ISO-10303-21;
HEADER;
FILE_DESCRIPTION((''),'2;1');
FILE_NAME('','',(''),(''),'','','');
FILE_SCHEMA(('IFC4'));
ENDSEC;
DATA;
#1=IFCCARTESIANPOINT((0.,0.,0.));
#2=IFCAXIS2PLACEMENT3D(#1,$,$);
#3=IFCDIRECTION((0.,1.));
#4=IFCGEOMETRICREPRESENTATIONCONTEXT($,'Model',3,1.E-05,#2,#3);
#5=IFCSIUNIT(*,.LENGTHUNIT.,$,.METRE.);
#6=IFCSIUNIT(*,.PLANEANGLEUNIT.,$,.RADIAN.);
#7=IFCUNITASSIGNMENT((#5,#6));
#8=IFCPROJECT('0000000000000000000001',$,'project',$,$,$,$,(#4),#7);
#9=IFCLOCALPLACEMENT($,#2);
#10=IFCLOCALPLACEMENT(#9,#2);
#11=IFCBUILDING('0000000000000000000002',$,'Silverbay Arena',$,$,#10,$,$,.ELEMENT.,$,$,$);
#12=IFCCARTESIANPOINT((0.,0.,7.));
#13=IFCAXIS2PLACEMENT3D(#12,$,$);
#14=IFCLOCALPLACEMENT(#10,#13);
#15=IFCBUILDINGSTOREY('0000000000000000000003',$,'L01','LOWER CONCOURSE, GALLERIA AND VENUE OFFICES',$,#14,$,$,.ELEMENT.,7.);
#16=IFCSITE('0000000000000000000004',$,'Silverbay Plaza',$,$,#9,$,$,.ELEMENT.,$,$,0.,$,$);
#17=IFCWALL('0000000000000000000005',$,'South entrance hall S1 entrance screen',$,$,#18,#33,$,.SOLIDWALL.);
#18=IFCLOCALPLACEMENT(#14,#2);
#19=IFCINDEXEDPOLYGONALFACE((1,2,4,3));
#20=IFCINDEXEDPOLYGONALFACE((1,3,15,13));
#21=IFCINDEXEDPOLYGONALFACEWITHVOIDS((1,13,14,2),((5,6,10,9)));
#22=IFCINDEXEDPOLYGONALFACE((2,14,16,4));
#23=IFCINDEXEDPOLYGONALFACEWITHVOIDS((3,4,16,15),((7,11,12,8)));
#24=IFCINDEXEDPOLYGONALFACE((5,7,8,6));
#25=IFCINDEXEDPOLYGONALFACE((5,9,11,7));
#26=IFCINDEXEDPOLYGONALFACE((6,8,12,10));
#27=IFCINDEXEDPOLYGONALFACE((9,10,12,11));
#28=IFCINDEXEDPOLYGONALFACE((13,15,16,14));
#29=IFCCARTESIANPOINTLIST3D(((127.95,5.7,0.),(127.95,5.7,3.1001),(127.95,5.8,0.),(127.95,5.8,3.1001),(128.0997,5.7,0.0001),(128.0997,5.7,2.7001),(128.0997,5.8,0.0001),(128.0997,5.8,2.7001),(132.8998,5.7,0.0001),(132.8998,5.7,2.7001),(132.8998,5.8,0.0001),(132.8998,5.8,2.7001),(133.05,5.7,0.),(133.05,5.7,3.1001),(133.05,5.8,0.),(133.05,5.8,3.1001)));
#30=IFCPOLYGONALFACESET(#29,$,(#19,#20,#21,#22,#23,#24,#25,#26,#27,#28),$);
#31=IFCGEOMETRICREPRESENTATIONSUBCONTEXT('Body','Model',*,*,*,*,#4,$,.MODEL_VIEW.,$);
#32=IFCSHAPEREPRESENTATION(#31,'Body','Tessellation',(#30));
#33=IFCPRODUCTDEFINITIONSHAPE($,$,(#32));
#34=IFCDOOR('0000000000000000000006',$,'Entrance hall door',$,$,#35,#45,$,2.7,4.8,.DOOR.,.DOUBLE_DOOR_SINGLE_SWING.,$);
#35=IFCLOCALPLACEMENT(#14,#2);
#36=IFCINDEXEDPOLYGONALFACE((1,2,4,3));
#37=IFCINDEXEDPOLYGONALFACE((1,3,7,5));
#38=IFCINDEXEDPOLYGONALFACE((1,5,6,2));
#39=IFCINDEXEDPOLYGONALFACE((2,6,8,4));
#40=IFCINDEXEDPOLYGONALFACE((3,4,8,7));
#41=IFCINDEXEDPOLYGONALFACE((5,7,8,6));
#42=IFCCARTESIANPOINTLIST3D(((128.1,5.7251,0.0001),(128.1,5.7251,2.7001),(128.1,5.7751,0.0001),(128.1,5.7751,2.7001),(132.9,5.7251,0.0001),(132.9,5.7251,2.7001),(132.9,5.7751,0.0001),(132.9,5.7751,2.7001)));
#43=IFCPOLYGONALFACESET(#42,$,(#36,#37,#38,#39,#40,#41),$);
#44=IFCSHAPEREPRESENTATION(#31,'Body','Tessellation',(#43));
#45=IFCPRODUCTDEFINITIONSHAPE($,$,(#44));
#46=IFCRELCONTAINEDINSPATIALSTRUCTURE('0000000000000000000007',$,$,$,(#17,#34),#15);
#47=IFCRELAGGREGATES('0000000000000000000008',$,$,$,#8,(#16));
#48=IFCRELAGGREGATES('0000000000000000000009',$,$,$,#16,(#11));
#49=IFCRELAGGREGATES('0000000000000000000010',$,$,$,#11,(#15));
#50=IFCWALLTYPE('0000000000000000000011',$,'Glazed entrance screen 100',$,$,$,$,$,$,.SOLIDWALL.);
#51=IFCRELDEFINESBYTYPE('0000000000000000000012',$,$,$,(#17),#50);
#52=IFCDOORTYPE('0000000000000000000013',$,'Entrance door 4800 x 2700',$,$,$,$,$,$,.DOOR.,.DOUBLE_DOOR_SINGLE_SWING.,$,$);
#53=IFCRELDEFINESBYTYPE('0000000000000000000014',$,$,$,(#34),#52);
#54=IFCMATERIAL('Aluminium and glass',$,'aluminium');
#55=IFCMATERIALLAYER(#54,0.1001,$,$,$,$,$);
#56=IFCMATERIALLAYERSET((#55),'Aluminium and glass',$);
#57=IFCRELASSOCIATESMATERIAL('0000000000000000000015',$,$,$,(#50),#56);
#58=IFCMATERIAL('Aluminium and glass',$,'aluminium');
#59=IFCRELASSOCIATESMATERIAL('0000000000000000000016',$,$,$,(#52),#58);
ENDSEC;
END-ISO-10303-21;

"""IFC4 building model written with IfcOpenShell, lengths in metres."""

from ifc_helpers import new_model, si_unit, direction, frame, frame_2d, origin, place, context, subcontext, project, spatial, rectangle, extrude, material, layer, layer_set, type_object, element, fill, save


model = new_model("IFC4")

# Units and contexts
model_context = context("Model", 3, precision=1e-05, world=origin(), true_north=direction((0.0, 1.0)))
body_context = subcontext(model_context, "Body", "Model", "MODEL_VIEW")
ifc_project = project(units=[si_unit("LENGTHUNIT", "METRE"), si_unit("PLANEANGLEUNIT", "RADIAN")], contexts=[model_context])

# Site, building, storey
site_placement = place(None, origin())
site = spatial("IfcSite", under=ifc_project, at=site_placement, Name="Silverbay Plaza", CompositionType="ELEMENT", RefElevation=0.0)
building_placement = place(site_placement, origin())
building = spatial("IfcBuilding", under=site, at=building_placement, Name="Silverbay Arena", CompositionType="ELEMENT")
storey_placement = place(building_placement, frame((0.0, 0.0, 7.0)))
storey = spatial("IfcBuildingStorey", under=building, at=storey_placement, Name="L01", Description="LOWER CONCOURSE, GALLERIA AND VENUE OFFICES", CompositionType="ELEMENT", Elevation=7.0)

# Wall, opening, door
ifc_material_1 = material(Name="Aluminium and glass", Category="aluminium")
ifc_layer_1 = layer(ifc_material_1, 0.1001)
ifc_layer_set_1 = layer_set([ifc_layer_1], Name="Aluminium and glass")
wall_type = type_object("IfcWallType", Name="Glazed entrance screen 100", PredefinedType="SOLIDWALL", material=ifc_layer_set_1)
wall_placement = place(storey_placement, frame((127.95, 5.75, 0.0), z_axis=(0.0, 0.0, 1.0), x_axis=(1.0, 0.0, 0.0)))
wall = element("IfcWall", 1, at=wall_placement, inside=storey, type_object=wall_type, Name="South entrance hall S1 entrance screen", PredefinedType="SOLIDWALL", context=body_context, shape_type="SweptSolid", body=[
    extrude(rectangle(XDim=5.1001, YDim=0.1001, at=frame_2d((2.55, 0.0))), origin(), (0.0, 0.0, 1.0), 3.1001),
])
opening_placement = place(wall_placement, frame((0.1499, 0.0, 0.0)))
opening = element("IfcOpeningElement", 2, at=opening_placement, cuts=wall, PredefinedType="OPENING", context=body_context, shape_type="SweptSolid", body=[
    extrude(rectangle(XDim=4.8, YDim=2.7, at=frame_2d((2.3999, 1.3501))), frame((0.0, 0.0601, 0.0), z_axis=(0.0, -1.0, 0.0), x_axis=(1.0, 0.0, 0.0)), (0.0, 0.0, 1.0), 0.1201),
])
ifc_material_2 = material(Name="Aluminium and glass", Category="aluminium")
door_type = type_object("IfcDoorType", Name="Entrance door 4800 x 2700", OperationType="DOUBLE_DOOR_SINGLE_SWING", PredefinedType="DOOR", material=ifc_material_2)
door_placement = place(opening_placement, frame((4.8, 0.0, 0.0), z_axis=(0.0, 0.0, 1.0), x_axis=(-1.0, 0.0, 0.0)))
door = element("IfcDoor", 3, at=door_placement, inside=storey, type_object=door_type, Name="Entrance hall door", OperationType="DOUBLE_DOOR_SINGLE_SWING", OverallHeight=2.7, OverallWidth=4.8, PredefinedType="DOOR", context=body_context, shape_type="SweptSolid", body=[
    extrude(rectangle(XDim=4.8, YDim=2.7, at=frame_2d((2.3999, 1.3501))), frame((0.0, 0.0249, 0.0), z_axis=(0.0, -1.0, 0.0), x_axis=(1.0, 0.0, 0.0)), (0.0, 0.0, 1.0), 0.05),
])
fill(opening, door)

save(model, "model.ifc")
